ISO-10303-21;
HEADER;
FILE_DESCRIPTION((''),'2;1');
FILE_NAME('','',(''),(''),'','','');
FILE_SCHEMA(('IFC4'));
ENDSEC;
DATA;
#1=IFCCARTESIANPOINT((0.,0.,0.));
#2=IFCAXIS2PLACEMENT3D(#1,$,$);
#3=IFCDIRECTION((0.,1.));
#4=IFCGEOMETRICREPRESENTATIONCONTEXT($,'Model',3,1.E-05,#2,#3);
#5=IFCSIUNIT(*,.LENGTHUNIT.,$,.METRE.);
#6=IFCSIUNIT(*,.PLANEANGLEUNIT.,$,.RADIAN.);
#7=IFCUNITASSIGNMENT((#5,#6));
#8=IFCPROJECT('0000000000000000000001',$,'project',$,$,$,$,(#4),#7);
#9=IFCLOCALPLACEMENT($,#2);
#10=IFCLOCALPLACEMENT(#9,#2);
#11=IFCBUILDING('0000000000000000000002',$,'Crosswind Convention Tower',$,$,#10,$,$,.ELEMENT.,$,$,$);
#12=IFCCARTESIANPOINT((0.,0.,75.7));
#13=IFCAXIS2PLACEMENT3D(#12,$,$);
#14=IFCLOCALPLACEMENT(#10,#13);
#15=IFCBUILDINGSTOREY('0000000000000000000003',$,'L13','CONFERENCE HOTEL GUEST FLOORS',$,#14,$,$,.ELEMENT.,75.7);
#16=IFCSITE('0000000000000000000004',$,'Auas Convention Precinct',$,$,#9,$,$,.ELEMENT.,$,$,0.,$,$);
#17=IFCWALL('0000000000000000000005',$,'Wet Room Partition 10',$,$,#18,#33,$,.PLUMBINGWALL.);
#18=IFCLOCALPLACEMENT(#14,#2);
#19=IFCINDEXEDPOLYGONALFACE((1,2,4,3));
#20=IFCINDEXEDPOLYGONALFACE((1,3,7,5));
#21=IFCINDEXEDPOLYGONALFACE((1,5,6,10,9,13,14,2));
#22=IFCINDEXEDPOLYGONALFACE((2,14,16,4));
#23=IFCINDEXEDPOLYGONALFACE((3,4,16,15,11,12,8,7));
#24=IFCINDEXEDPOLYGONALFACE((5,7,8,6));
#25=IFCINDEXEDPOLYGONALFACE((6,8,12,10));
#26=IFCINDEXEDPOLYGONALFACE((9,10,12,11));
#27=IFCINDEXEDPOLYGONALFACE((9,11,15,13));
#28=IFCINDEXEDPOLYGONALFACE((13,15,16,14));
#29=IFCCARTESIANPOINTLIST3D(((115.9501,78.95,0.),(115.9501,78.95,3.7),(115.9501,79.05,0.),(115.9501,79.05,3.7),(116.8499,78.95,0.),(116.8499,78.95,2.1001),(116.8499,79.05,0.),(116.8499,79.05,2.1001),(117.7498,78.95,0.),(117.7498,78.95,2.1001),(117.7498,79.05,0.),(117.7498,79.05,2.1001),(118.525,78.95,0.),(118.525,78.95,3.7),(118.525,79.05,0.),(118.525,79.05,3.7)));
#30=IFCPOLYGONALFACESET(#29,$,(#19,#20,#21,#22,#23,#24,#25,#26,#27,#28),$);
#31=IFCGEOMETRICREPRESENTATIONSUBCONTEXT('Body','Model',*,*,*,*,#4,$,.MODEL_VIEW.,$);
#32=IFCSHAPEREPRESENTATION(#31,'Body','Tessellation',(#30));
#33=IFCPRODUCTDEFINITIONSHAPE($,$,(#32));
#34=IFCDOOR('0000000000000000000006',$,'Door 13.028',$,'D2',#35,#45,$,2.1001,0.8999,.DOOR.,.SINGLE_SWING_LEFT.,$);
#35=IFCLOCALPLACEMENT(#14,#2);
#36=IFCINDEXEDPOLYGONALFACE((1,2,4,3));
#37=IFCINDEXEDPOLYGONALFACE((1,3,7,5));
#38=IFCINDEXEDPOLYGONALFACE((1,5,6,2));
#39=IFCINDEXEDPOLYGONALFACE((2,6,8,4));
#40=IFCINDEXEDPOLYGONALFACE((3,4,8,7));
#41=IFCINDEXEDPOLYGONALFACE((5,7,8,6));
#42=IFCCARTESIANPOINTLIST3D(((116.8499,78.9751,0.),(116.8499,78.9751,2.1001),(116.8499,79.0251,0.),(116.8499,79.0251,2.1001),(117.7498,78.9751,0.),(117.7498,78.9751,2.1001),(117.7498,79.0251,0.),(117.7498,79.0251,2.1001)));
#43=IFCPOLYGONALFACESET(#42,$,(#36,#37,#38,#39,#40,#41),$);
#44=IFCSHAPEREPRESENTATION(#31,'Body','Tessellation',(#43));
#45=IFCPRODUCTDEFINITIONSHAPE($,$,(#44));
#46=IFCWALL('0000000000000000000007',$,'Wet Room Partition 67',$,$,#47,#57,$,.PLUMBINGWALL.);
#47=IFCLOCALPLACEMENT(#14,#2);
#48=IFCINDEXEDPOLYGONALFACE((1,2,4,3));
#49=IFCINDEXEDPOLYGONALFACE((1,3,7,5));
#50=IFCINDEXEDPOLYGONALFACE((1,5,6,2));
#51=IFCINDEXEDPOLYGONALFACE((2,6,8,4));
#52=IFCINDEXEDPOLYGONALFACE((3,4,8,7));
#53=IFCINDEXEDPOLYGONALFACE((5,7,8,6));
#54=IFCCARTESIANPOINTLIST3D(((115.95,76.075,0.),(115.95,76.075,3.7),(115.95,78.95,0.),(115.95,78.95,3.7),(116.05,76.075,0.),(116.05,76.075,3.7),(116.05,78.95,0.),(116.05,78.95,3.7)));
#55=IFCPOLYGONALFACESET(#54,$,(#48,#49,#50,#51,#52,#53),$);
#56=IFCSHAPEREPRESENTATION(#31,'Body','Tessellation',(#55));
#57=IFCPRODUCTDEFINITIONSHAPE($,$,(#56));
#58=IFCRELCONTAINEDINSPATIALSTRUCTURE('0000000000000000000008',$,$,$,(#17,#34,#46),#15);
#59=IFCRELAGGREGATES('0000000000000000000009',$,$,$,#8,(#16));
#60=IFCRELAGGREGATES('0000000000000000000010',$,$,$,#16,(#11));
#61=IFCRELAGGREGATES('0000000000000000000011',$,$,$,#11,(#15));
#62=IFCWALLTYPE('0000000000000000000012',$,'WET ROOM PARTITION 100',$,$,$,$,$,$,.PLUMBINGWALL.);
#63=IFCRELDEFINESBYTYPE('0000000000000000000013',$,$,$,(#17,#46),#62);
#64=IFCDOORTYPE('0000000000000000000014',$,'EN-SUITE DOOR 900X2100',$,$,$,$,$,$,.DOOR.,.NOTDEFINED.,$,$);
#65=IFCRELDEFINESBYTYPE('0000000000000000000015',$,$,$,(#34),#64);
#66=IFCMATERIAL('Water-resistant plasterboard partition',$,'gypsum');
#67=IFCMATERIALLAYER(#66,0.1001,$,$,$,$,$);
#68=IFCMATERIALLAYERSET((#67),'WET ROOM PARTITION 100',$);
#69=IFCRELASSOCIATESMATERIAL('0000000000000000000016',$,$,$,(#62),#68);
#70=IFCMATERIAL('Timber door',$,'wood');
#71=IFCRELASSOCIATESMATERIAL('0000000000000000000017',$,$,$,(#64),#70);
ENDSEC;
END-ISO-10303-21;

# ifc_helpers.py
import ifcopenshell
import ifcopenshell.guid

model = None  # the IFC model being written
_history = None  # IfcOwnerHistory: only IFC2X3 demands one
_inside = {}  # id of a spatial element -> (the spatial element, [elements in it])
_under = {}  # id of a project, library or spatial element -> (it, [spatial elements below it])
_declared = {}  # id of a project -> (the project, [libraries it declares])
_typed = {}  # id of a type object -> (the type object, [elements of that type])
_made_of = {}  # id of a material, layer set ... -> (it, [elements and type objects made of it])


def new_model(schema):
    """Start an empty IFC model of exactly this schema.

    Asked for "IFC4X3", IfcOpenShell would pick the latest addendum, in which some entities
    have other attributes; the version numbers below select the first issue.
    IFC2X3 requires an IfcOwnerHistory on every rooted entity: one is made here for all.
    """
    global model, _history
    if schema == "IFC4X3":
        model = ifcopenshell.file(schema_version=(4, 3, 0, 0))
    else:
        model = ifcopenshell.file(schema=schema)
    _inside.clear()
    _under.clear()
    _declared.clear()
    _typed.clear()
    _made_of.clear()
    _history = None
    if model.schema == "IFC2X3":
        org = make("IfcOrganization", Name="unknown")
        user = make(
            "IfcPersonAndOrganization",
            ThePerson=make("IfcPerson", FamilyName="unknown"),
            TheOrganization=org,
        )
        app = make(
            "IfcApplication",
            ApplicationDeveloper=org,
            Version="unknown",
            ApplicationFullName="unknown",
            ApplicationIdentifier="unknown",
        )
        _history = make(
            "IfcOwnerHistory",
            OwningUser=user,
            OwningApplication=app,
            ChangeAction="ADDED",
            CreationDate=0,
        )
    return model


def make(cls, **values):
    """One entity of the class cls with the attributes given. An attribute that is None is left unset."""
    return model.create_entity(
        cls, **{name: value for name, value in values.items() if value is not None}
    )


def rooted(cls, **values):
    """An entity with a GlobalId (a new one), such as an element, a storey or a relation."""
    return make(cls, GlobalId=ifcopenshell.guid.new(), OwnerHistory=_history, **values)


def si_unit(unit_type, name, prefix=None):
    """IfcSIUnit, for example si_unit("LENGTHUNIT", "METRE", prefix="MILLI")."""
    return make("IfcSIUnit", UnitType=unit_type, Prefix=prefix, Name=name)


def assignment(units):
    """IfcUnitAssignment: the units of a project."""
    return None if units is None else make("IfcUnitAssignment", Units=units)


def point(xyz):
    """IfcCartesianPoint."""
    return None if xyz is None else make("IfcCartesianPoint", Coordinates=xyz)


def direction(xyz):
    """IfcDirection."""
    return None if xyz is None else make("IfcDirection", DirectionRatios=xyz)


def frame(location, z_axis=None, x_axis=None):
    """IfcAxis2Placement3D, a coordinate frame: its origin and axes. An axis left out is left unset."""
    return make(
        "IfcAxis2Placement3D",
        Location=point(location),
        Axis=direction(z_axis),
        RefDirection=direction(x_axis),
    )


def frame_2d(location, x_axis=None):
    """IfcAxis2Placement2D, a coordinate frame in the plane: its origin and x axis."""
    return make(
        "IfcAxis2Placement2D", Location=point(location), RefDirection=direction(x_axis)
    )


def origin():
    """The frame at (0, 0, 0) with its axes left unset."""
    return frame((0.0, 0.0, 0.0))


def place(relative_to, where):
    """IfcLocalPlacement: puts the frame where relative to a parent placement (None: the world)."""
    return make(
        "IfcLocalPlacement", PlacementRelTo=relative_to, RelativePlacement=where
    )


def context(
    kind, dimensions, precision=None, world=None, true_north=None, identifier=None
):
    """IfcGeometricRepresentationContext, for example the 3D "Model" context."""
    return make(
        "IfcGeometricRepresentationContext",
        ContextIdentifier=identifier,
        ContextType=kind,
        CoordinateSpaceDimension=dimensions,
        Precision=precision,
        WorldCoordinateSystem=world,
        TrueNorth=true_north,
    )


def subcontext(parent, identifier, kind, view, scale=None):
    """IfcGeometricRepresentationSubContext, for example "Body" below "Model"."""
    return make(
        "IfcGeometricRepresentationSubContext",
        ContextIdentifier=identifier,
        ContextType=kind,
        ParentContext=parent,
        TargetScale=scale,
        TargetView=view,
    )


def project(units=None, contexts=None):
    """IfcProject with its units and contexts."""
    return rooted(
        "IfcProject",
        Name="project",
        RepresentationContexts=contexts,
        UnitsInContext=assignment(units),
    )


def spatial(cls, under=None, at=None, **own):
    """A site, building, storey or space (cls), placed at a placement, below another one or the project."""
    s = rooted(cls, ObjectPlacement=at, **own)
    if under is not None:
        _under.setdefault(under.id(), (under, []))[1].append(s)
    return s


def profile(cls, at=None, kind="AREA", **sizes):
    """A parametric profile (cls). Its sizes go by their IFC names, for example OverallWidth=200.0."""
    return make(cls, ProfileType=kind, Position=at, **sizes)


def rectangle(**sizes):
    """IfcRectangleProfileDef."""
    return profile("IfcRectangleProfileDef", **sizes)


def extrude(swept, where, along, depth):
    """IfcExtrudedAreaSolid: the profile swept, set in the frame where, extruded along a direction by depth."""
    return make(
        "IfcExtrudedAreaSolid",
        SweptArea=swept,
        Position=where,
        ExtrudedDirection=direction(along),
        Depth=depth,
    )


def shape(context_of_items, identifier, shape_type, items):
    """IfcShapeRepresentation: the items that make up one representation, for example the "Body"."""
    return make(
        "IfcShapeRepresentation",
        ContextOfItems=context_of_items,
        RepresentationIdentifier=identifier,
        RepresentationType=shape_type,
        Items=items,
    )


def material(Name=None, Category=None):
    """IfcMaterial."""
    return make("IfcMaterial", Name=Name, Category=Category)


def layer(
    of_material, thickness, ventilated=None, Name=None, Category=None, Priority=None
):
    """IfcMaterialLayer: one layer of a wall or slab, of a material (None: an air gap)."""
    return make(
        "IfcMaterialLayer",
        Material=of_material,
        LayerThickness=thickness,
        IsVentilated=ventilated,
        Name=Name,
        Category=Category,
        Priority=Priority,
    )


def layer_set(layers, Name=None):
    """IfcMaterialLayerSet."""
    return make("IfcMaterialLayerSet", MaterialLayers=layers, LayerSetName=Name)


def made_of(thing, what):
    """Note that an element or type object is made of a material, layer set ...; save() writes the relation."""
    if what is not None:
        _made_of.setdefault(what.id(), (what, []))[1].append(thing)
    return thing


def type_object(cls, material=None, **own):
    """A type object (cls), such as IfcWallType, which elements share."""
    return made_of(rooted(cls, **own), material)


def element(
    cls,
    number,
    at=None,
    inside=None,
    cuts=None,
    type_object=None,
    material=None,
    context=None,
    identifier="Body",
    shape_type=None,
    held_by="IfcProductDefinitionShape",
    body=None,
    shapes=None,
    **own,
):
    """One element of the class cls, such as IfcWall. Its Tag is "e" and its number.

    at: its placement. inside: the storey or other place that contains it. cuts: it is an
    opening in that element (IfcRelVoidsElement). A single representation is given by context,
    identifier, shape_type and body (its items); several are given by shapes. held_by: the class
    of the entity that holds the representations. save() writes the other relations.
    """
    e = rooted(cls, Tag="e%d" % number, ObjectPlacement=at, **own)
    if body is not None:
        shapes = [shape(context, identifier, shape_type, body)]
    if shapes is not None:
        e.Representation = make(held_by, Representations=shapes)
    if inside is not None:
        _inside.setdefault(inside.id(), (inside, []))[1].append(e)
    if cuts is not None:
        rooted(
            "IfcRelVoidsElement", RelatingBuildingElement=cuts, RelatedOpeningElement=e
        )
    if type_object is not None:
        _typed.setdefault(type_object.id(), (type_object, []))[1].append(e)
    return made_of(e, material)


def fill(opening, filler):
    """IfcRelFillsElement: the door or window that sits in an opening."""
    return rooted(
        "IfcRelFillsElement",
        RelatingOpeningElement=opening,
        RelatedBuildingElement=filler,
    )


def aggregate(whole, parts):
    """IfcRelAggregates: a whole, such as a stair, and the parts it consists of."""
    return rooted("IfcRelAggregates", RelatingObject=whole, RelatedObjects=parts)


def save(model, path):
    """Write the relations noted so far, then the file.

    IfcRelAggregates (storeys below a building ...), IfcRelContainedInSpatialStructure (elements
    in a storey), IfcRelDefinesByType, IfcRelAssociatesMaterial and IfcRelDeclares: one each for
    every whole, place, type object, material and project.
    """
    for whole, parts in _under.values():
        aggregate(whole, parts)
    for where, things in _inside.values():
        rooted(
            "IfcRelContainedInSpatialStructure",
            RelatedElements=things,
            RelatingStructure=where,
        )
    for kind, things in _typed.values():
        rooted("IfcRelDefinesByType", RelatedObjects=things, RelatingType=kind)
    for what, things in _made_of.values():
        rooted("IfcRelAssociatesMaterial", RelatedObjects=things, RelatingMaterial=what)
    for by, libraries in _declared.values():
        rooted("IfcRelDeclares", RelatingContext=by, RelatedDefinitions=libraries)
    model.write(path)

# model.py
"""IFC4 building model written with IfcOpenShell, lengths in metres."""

from ifc_helpers import new_model, si_unit, direction, frame, frame_2d, origin, place, context, subcontext, project, spatial, rectangle, extrude, material, layer, layer_set, type_object, element, fill, save


model = new_model("IFC4")

# Units and contexts
model_context = context("Model", 3, precision=1e-05, world=origin(), true_north=direction((0.0, 1.0)))
body_context = subcontext(model_context, "Body", "Model", "MODEL_VIEW")
ifc_project = project(units=[si_unit("LENGTHUNIT", "METRE"), si_unit("PLANEANGLEUNIT", "RADIAN")], contexts=[model_context])

# Site, building, storey
site_placement = place(None, origin())
site = spatial("IfcSite", under=ifc_project, at=site_placement, Name="Auas Convention Precinct", CompositionType="ELEMENT", RefElevation=0.0)
building_placement = place(site_placement, origin())
building = spatial("IfcBuilding", under=site, at=building_placement, Name="Crosswind Convention Tower", CompositionType="ELEMENT")
storey_placement = place(building_placement, frame((0.0, 0.0, 75.7)))
storey = spatial("IfcBuildingStorey", under=building, at=storey_placement, Name="L13", Description="CONFERENCE HOTEL GUEST FLOORS", CompositionType="ELEMENT", Elevation=75.7)

# Wall, opening, door
ifc_material_1 = material(Name="Water-resistant plasterboard partition", Category="gypsum")
ifc_layer_1 = layer(ifc_material_1, 0.1001)
ifc_layer_set_1 = layer_set([ifc_layer_1], Name="WET ROOM PARTITION 100")
wall_type_1 = type_object("IfcWallType", Name="WET ROOM PARTITION 100", PredefinedType="PLUMBINGWALL", material=ifc_layer_set_1)
wall_1_placement = place(storey_placement, frame((115.95, 79.0, 0.0), z_axis=(0.0, 0.0, 1.0), x_axis=(1.0, 0.0, 0.0)))
wall_1 = element("IfcWall", 1, at=wall_1_placement, inside=storey, type_object=wall_type_1, Name="Wet Room Partition 10", PredefinedType="PLUMBINGWALL", context=body_context, shape_type="SweptSolid", body=[
    extrude(rectangle(XDim=2.575, YDim=0.1001, at=frame_2d((1.2876, 0.0))), origin(), (0.0, 0.0, 1.0), 3.7),
])
opening_1_placement = place(wall_1_placement, frame((0.8999, 0.0, 0.0)))
opening_1 = element("IfcOpeningElement", 2, at=opening_1_placement, cuts=wall_1, PredefinedType="OPENING", context=body_context, shape_type="SweptSolid", body=[
    extrude(rectangle(XDim=0.8999, YDim=2.1001, at=frame_2d((0.45, 1.05))), frame((0.0, 0.0601, 0.0), z_axis=(0.0, -1.0, 0.0), x_axis=(1.0, 0.0, 0.0)), (0.0, 0.0, 1.0), 0.1201),
])
ifc_material_2 = material(Name="Timber door", Category="wood")
door_type_1 = type_object("IfcDoorType", Name="EN-SUITE DOOR 900X2100", OperationType="NOTDEFINED", PredefinedType="DOOR", material=ifc_material_2)
door_1_placement = place(opening_1_placement, frame((0.8999, 0.0, 0.0), z_axis=(0.0, 0.0, 1.0), x_axis=(-1.0, 0.0, 0.0)))
door_1 = element("IfcDoor", 3, at=door_1_placement, inside=storey, type_object=door_type_1, Name="Door 13.028", ObjectType="D2", OperationType="SINGLE_SWING_LEFT", OverallHeight=2.1001, OverallWidth=0.8999, PredefinedType="DOOR", context=body_context, shape_type="SweptSolid", body=[
    extrude(rectangle(XDim=0.8999, YDim=2.1001, at=frame_2d((0.45, 1.05))), frame((0.0, 0.0249, 0.0), z_axis=(0.0, -1.0, 0.0), x_axis=(1.0, 0.0, 0.0)), (0.0, 0.0, 1.0), 0.05),
])
fill(opening_1, door_1)

# Wall
wall_2_placement = place(storey_placement, frame((116.0, 76.075, 0.0), z_axis=(0.0, 0.0, 1.0), x_axis=(0.0, 1.0, 0.0)))
element("IfcWall", 4, at=wall_2_placement, inside=storey, type_object=wall_type_1, Name="Wet Room Partition 67", PredefinedType="PLUMBINGWALL", context=body_context, shape_type="SweptSolid", body=[
    extrude(rectangle(XDim=2.875, YDim=0.1001, at=frame_2d((1.4375, 0.0))), origin(), (0.0, 0.0, 1.0), 3.7),
])

save(model, "model.ifc")
